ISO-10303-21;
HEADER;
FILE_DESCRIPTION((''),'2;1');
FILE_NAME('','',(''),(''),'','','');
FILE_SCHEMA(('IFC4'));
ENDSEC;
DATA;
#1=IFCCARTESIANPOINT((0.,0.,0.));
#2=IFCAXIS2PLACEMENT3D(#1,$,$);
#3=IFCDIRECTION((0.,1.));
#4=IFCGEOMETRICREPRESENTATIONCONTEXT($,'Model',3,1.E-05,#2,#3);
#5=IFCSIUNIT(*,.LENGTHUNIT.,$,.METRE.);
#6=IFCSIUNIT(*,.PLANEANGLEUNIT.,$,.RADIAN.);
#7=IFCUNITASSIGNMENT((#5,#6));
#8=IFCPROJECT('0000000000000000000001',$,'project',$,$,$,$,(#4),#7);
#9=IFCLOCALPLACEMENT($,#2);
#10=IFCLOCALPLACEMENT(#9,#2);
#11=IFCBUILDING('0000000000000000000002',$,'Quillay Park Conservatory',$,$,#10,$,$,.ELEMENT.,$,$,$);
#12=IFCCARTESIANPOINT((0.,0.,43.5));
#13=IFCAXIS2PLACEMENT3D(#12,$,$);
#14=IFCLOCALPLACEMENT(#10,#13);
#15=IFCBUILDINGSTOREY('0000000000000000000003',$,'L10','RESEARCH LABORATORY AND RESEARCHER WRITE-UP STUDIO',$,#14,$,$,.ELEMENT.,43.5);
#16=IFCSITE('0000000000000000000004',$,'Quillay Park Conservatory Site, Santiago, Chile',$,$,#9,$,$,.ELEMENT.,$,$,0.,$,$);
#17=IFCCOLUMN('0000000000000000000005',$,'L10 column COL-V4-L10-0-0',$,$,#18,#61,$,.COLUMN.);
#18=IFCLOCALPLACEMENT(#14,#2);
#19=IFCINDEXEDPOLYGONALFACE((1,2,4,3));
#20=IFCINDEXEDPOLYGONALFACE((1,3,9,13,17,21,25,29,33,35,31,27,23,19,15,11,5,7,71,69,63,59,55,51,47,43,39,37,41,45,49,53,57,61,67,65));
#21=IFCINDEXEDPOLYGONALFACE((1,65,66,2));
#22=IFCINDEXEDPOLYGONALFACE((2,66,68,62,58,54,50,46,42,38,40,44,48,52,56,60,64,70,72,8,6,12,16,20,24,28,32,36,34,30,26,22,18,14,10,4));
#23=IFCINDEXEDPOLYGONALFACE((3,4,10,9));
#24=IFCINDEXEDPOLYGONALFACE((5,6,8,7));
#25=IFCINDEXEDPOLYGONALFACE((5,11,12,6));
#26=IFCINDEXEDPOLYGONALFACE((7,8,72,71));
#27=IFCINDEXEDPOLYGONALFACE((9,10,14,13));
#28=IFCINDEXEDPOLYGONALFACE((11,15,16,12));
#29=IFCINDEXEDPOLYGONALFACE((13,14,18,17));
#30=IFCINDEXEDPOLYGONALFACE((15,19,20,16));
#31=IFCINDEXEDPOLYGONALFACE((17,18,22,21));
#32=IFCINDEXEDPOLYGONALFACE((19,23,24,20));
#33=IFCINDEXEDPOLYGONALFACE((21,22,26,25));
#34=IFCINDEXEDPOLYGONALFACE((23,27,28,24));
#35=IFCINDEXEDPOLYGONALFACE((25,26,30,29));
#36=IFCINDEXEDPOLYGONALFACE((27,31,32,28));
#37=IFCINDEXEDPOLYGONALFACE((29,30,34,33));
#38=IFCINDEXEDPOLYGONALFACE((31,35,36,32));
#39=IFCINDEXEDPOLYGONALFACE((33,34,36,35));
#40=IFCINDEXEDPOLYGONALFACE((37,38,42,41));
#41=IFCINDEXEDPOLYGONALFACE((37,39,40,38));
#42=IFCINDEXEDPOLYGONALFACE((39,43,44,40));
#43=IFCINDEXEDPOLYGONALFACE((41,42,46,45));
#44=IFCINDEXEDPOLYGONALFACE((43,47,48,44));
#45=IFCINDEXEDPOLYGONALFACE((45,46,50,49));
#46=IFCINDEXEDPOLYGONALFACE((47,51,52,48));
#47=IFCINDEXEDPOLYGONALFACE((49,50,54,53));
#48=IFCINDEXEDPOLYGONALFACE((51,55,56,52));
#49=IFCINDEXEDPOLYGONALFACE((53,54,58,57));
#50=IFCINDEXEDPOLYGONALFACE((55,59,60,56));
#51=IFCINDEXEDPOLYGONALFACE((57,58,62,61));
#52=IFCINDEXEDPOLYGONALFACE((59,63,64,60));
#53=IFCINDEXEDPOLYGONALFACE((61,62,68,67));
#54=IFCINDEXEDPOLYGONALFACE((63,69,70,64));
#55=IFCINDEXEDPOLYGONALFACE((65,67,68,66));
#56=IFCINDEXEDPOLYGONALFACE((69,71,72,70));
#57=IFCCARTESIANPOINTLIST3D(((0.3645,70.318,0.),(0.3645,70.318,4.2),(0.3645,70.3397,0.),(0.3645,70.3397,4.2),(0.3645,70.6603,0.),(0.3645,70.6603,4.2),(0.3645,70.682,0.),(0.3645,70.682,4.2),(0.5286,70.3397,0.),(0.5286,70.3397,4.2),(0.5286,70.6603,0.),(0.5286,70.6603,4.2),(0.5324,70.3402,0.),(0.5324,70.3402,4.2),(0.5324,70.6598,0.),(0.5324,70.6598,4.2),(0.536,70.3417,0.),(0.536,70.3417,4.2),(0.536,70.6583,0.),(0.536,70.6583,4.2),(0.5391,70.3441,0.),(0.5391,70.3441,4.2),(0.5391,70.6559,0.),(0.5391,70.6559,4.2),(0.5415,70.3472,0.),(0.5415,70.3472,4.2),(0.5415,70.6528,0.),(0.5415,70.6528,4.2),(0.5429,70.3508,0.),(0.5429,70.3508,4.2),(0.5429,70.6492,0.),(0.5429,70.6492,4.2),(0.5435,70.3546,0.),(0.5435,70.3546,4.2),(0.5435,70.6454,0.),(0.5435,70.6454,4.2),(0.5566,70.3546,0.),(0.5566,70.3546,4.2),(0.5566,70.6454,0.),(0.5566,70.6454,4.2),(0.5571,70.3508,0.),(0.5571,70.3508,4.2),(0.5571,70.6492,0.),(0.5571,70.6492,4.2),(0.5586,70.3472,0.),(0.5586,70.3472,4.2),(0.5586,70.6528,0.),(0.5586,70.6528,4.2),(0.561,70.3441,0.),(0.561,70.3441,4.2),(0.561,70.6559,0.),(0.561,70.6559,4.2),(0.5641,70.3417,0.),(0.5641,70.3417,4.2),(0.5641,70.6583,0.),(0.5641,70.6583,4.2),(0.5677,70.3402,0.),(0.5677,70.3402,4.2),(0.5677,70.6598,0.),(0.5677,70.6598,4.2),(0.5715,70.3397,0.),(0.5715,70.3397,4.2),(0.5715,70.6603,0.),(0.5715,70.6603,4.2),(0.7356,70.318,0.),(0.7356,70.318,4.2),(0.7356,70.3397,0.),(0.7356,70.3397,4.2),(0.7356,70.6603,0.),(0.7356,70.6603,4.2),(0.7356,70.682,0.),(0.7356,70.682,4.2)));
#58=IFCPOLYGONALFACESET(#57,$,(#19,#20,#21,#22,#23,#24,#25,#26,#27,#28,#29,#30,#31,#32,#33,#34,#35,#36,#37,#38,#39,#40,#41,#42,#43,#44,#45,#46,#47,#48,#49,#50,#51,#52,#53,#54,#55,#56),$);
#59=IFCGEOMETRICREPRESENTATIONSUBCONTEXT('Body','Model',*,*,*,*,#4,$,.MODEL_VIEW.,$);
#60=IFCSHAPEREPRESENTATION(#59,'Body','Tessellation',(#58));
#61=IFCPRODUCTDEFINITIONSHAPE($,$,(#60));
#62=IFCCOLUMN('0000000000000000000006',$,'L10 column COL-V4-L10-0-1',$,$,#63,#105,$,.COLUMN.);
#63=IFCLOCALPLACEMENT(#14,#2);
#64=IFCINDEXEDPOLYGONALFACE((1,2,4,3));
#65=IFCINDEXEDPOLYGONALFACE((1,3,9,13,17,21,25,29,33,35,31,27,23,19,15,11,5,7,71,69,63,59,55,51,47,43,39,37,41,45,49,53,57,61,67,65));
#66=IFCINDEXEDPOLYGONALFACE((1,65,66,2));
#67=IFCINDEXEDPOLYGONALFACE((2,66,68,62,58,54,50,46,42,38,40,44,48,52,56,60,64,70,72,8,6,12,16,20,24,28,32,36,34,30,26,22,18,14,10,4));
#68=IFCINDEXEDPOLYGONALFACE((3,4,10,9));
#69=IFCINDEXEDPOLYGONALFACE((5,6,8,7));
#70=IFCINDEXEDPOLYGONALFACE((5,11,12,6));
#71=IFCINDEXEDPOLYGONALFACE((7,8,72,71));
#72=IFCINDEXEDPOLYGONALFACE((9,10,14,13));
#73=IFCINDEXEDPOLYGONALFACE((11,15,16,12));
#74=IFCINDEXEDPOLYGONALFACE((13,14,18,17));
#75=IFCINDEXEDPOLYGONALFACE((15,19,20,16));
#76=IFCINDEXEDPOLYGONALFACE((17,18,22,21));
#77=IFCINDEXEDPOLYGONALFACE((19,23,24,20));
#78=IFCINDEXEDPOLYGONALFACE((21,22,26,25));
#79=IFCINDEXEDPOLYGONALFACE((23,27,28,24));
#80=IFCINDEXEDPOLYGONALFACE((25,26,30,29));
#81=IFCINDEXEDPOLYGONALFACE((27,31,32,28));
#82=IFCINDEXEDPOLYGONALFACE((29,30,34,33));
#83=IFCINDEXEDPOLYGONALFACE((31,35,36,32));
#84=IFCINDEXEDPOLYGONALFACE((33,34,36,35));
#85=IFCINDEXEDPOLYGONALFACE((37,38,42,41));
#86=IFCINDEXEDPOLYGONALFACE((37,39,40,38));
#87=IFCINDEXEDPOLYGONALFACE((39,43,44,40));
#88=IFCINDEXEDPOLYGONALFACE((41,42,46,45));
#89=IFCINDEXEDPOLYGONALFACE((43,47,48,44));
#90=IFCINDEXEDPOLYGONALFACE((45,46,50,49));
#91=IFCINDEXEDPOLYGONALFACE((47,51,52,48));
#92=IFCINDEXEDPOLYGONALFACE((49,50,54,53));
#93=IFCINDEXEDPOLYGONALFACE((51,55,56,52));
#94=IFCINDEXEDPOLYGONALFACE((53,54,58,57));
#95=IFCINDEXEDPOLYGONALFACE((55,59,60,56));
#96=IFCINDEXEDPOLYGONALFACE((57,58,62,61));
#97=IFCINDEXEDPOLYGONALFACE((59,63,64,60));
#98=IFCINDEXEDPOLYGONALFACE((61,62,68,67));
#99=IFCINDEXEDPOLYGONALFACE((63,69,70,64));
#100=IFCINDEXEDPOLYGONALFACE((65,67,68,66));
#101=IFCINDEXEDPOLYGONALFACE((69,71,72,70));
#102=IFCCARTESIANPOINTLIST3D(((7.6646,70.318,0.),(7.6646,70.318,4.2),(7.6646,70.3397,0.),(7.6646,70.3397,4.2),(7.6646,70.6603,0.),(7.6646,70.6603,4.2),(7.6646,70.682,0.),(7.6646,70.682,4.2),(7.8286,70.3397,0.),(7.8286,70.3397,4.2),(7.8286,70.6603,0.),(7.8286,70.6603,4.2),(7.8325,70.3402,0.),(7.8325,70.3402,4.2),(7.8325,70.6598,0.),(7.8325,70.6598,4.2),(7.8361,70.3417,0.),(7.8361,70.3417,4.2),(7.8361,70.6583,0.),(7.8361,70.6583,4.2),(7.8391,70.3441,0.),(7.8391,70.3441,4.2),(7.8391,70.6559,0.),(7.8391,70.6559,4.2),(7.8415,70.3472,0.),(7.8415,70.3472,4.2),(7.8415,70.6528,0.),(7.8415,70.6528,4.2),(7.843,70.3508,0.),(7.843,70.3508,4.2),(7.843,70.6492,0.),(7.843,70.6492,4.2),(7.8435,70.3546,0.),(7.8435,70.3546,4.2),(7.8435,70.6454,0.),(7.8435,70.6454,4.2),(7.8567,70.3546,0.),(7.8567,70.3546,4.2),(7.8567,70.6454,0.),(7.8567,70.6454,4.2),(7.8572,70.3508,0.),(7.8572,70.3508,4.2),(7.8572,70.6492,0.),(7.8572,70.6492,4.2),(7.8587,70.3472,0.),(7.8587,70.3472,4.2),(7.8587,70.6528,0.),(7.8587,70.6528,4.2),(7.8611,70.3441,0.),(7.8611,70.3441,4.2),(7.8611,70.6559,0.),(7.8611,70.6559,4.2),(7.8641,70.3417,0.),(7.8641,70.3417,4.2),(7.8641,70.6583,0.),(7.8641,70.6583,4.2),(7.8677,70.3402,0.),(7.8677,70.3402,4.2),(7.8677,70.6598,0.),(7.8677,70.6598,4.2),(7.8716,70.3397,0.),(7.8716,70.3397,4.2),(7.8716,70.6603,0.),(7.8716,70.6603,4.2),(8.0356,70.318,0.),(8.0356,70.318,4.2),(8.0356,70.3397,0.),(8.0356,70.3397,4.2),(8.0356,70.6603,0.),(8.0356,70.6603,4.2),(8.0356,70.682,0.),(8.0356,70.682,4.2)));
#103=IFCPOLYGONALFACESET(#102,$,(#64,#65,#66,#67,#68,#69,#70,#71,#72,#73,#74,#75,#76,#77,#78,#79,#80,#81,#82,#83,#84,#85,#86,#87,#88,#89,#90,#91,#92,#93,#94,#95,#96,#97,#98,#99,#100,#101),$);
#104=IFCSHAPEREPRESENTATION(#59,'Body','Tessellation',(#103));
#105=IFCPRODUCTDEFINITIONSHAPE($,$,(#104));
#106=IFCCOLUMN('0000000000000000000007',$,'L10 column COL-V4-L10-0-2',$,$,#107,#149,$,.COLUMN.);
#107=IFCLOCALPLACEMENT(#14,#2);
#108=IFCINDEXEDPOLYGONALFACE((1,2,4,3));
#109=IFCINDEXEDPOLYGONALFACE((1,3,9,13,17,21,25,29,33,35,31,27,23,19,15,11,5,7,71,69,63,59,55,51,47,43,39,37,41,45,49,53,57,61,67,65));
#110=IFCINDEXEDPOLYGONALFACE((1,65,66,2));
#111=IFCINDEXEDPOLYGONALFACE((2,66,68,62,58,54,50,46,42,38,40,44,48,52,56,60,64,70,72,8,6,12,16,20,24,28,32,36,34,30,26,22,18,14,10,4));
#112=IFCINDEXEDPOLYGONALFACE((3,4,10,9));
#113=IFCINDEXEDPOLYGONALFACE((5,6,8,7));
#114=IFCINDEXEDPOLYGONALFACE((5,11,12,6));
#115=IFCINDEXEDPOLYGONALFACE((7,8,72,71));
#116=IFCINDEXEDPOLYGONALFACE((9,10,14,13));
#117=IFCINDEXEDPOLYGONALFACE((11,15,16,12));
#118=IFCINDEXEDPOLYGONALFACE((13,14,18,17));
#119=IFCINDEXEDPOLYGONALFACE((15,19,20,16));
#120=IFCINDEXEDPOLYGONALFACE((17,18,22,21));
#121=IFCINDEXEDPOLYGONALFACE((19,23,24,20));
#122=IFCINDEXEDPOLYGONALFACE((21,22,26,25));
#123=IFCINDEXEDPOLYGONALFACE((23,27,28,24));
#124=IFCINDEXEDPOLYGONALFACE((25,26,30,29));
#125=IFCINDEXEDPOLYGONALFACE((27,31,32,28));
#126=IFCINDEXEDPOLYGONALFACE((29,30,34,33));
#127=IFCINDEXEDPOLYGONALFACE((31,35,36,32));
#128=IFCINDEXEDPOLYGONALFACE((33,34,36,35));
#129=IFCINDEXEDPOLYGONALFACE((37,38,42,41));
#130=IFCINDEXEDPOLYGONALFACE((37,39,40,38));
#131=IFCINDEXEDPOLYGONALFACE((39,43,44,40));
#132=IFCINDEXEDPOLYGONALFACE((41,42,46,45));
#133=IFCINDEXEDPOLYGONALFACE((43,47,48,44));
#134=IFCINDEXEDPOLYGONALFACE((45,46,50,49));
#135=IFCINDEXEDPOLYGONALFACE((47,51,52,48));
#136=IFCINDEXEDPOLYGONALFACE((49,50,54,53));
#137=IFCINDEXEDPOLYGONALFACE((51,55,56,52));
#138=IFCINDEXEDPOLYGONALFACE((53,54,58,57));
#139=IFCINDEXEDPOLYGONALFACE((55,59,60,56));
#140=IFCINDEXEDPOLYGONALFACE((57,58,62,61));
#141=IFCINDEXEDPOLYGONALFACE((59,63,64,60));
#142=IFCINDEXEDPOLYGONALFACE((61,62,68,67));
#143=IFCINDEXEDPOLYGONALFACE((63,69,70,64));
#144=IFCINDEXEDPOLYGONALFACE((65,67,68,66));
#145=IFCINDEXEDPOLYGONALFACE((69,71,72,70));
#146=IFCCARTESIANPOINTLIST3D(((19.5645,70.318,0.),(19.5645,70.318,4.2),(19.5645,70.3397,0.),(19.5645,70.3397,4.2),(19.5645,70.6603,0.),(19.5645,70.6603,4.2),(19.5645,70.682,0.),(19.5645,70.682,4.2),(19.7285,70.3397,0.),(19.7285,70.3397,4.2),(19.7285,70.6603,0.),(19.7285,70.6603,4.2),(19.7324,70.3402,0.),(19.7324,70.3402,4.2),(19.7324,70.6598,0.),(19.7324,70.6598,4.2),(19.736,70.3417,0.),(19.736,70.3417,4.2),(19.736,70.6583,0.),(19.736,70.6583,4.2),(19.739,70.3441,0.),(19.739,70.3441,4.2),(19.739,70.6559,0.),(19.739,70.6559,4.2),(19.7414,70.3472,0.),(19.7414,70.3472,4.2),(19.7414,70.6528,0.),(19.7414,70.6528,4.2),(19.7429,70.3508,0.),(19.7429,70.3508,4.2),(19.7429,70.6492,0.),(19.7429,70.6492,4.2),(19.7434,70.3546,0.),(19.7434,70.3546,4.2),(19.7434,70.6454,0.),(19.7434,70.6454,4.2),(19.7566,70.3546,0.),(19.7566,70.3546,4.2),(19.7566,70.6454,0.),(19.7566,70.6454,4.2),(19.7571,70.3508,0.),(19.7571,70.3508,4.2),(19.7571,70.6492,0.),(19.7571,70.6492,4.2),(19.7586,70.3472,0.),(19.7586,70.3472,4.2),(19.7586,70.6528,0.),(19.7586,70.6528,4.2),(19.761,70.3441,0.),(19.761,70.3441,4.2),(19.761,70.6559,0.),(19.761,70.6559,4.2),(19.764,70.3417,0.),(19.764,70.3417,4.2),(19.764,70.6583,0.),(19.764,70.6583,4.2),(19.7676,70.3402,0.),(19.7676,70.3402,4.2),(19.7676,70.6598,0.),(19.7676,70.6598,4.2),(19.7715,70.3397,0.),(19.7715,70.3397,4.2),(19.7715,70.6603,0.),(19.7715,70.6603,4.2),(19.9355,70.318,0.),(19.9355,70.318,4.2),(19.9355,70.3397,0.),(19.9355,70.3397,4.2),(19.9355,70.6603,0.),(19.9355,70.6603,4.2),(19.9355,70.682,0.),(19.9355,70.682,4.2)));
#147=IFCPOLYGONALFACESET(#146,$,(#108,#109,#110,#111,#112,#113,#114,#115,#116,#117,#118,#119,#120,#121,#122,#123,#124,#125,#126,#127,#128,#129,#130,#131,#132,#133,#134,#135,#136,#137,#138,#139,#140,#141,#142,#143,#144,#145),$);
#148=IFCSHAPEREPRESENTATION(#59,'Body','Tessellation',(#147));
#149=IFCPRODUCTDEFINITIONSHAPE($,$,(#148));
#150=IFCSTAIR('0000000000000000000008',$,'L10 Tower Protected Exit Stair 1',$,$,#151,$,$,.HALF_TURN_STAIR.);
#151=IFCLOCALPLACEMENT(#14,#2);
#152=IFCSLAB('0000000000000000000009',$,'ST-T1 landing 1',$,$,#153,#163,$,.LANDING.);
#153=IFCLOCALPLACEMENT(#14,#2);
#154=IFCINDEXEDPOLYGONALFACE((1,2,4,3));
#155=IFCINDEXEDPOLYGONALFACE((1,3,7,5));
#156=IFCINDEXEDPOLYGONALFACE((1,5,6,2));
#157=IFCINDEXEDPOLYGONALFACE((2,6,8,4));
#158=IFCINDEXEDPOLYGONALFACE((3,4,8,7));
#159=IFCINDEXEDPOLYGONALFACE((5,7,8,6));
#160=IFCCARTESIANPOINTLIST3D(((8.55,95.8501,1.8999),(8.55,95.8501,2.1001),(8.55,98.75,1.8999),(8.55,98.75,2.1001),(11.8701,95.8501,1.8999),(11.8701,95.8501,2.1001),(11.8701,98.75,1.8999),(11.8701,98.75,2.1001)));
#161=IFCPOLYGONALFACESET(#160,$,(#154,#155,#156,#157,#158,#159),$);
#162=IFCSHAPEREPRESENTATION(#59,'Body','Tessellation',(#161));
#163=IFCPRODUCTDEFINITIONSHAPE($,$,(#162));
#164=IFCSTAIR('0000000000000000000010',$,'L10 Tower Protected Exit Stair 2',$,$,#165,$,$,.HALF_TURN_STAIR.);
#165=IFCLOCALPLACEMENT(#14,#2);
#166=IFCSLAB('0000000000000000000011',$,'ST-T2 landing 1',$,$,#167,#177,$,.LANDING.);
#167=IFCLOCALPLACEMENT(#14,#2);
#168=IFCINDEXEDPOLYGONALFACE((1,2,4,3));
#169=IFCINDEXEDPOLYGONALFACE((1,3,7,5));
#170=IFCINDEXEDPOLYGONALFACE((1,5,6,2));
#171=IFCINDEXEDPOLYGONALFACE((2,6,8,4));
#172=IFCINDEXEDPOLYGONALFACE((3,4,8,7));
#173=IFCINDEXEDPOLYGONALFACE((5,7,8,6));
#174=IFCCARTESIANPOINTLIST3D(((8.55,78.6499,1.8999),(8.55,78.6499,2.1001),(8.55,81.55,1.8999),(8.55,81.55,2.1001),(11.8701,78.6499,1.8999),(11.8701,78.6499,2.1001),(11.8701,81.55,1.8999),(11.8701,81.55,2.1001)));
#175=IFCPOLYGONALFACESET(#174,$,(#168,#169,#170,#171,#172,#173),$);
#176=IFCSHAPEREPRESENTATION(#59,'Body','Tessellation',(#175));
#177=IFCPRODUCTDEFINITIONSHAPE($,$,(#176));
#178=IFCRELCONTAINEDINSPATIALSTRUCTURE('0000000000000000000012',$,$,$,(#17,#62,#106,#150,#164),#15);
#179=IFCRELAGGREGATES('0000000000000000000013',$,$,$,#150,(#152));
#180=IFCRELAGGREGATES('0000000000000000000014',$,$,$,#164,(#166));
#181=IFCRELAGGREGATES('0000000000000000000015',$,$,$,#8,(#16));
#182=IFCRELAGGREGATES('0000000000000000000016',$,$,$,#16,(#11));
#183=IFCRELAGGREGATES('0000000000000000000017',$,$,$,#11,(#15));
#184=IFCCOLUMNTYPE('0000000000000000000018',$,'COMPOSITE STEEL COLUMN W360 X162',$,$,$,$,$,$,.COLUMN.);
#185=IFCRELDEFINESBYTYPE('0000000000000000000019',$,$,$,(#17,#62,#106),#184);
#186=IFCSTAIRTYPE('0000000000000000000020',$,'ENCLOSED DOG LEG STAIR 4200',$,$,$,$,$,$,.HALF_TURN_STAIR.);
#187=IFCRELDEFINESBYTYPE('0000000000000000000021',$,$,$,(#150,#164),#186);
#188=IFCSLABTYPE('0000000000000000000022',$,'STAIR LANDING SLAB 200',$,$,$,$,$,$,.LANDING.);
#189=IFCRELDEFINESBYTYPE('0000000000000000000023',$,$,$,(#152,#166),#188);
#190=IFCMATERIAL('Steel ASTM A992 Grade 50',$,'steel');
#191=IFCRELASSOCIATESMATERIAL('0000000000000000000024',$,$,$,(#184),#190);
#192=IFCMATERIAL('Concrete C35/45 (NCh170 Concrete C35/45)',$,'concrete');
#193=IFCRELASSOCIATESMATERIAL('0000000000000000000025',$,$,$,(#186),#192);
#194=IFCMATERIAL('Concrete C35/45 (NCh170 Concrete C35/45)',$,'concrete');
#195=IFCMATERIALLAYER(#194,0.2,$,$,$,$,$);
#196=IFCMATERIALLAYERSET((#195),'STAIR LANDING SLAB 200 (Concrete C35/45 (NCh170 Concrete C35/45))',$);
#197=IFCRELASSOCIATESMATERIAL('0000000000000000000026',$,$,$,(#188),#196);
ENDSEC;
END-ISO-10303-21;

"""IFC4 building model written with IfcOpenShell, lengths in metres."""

from ifc_helpers import new_model, si_unit, direction, frame, origin, origin_2d, place, context, subcontext, project, spatial, polyline, i_section, outline, extrude, material, layer, layer_set, material_profile, profile_set, type_object, element, aggregate, save


model = new_model("IFC4")

# Units and contexts
model_context = context("Model", 3, precision=1e-05, world=origin(), true_north=direction((0.0, 1.0)))
body_context = subcontext(model_context, "Body", "Model", "MODEL_VIEW")
ifc_project = project(units=[si_unit("LENGTHUNIT", "METRE"), si_unit("PLANEANGLEUNIT", "RADIAN")], contexts=[model_context])

# Site, building, storey
site_placement = place(None, origin())
site = spatial("IfcSite", under=ifc_project, at=site_placement, Name="Quillay Park Conservatory Site, Santiago, Chile", CompositionType="ELEMENT", RefElevation=0.0)
building_placement = place(site_placement, origin())
building = spatial("IfcBuilding", under=site, at=building_placement, Name="Quillay Park Conservatory", CompositionType="ELEMENT")
storey_placement = place(building_placement, frame((0.0, 0.0, 43.5)))
storey = spatial("IfcBuildingStorey", under=building, at=storey_placement, Name="L10", Description="RESEARCH LABORATORY AND RESEARCHER WRITE-UP STUDIO", CompositionType="ELEMENT", Elevation=43.5)

# Columns
ifc_material_1 = material(Name="Steel ASTM A992 Grade 50", Category="steel")
ifc_material_profile = material_profile(ifc_material_1, i_section(OverallWidth=0.3711, OverallDepth=0.364, WebThickness=0.0132, FlangeThickness=0.0217, FilletRadius=0.0149, at=origin_2d()), Name="W360x162")
ifc_profile_set = profile_set([ifc_material_profile], Name="Steel ASTM A992 Grade 50")
column_type = type_object("IfcColumnType", Name="COMPOSITE STEEL COLUMN W360 X162", PredefinedType="COLUMN", material=ifc_profile_set)
for number, where, z_axis, x_axis, name in (
    (1, (0.55, 70.5, 0.0), (0.0, 0.0, 1.0), (1.0, 0.0, 0.0), "L10 column COL-V4-L10-0-0"),
    (2, (7.8501, 70.5, 0.0), (0.0, 0.0, 1.0), (1.0, 0.0, 0.0), "L10 column COL-V4-L10-0-1"),
    (3, (19.75, 70.5, 0.0), (0.0, 0.0, 1.0), (1.0, 0.0, 0.0), "L10 column COL-V4-L10-0-2"),
):
    element("IfcColumn", number, at=place(storey_placement, frame(where, z_axis=z_axis, x_axis=x_axis)), inside=storey, type_object=column_type, Name=name, PredefinedType="COLUMN", context=body_context, shape_type="SweptSolid", body=[
        extrude(i_section(OverallWidth=0.3711, OverallDepth=0.364, WebThickness=0.0132, FlangeThickness=0.0217, FilletRadius=0.0149, at=origin_2d()), origin(), (0.0, 0.0, 1.0), 4.2),
    ])

# Stairs, slabs
ifc_material_2 = material(Name="Concrete C35/45 (NCh170 Concrete C35/45)", Category="concrete")
stair_type = type_object("IfcStairType", Name="ENCLOSED DOG LEG STAIR 4200", PredefinedType="HALF_TURN_STAIR", material=ifc_material_2)
stair_1_placement = place(storey_placement, origin())
stair_1 = element("IfcStair", 4, at=stair_1_placement, inside=storey, type_object=stair_type, Name="L10 Tower Protected Exit Stair 1", PredefinedType="HALF_TURN_STAIR")
ifc_material_3 = material(Name="Concrete C35/45 (NCh170 Concrete C35/45)", Category="concrete")
ifc_layer_1 = layer(ifc_material_3, 0.2)
ifc_layer_set_1 = layer_set([ifc_layer_1], Name="STAIR LANDING SLAB 200 (Concrete C35/45 (NCh170 Concrete C35/45))")
slab_type_1 = type_object("IfcSlabType", Name="STAIR LANDING SLAB 200", PredefinedType="LANDING", material=ifc_layer_set_1)
slab_1_placement = place(storey_placement, frame((0.0, 0.0, 1.8999)))
slab_1 = element("IfcSlab", 5, at=slab_1_placement, type_object=slab_type_1, Name="ST-T1 landing 1", PredefinedType="LANDING", context=body_context, shape_type="SweptSolid", body=[
    extrude(outline(polyline([(11.8701, 95.8501), (11.8701, 98.75), (8.55, 98.75), (8.55, 95.8501), (11.8701, 95.8501)])), origin(), (0.0, 0.0, 1.0), 0.2002),
])
aggregate(stair_1, [slab_1])
stair_2_placement = place(storey_placement, origin())
stair_2 = element("IfcStair", 6, at=stair_2_placement, inside=storey, type_object=stair_type, Name="L10 Tower Protected Exit Stair 2", PredefinedType="HALF_TURN_STAIR")
slab_2_placement = place(storey_placement, frame((0.0, 0.0, 1.8999)))
slab_2 = element("IfcSlab", 7, at=slab_2_placement, type_object=slab_type_1, Name="ST-T2 landing 1", PredefinedType="LANDING", context=body_context, shape_type="SweptSolid", body=[
    extrude(outline(polyline([(8.55, 81.55), (8.55, 78.6499), (11.8701, 78.6499), (11.8701, 81.55), (8.55, 81.55)])), origin(), (0.0, 0.0, 1.0), 0.2002),
])
aggregate(stair_2, [slab_2])

save(model, "model.ifc")
